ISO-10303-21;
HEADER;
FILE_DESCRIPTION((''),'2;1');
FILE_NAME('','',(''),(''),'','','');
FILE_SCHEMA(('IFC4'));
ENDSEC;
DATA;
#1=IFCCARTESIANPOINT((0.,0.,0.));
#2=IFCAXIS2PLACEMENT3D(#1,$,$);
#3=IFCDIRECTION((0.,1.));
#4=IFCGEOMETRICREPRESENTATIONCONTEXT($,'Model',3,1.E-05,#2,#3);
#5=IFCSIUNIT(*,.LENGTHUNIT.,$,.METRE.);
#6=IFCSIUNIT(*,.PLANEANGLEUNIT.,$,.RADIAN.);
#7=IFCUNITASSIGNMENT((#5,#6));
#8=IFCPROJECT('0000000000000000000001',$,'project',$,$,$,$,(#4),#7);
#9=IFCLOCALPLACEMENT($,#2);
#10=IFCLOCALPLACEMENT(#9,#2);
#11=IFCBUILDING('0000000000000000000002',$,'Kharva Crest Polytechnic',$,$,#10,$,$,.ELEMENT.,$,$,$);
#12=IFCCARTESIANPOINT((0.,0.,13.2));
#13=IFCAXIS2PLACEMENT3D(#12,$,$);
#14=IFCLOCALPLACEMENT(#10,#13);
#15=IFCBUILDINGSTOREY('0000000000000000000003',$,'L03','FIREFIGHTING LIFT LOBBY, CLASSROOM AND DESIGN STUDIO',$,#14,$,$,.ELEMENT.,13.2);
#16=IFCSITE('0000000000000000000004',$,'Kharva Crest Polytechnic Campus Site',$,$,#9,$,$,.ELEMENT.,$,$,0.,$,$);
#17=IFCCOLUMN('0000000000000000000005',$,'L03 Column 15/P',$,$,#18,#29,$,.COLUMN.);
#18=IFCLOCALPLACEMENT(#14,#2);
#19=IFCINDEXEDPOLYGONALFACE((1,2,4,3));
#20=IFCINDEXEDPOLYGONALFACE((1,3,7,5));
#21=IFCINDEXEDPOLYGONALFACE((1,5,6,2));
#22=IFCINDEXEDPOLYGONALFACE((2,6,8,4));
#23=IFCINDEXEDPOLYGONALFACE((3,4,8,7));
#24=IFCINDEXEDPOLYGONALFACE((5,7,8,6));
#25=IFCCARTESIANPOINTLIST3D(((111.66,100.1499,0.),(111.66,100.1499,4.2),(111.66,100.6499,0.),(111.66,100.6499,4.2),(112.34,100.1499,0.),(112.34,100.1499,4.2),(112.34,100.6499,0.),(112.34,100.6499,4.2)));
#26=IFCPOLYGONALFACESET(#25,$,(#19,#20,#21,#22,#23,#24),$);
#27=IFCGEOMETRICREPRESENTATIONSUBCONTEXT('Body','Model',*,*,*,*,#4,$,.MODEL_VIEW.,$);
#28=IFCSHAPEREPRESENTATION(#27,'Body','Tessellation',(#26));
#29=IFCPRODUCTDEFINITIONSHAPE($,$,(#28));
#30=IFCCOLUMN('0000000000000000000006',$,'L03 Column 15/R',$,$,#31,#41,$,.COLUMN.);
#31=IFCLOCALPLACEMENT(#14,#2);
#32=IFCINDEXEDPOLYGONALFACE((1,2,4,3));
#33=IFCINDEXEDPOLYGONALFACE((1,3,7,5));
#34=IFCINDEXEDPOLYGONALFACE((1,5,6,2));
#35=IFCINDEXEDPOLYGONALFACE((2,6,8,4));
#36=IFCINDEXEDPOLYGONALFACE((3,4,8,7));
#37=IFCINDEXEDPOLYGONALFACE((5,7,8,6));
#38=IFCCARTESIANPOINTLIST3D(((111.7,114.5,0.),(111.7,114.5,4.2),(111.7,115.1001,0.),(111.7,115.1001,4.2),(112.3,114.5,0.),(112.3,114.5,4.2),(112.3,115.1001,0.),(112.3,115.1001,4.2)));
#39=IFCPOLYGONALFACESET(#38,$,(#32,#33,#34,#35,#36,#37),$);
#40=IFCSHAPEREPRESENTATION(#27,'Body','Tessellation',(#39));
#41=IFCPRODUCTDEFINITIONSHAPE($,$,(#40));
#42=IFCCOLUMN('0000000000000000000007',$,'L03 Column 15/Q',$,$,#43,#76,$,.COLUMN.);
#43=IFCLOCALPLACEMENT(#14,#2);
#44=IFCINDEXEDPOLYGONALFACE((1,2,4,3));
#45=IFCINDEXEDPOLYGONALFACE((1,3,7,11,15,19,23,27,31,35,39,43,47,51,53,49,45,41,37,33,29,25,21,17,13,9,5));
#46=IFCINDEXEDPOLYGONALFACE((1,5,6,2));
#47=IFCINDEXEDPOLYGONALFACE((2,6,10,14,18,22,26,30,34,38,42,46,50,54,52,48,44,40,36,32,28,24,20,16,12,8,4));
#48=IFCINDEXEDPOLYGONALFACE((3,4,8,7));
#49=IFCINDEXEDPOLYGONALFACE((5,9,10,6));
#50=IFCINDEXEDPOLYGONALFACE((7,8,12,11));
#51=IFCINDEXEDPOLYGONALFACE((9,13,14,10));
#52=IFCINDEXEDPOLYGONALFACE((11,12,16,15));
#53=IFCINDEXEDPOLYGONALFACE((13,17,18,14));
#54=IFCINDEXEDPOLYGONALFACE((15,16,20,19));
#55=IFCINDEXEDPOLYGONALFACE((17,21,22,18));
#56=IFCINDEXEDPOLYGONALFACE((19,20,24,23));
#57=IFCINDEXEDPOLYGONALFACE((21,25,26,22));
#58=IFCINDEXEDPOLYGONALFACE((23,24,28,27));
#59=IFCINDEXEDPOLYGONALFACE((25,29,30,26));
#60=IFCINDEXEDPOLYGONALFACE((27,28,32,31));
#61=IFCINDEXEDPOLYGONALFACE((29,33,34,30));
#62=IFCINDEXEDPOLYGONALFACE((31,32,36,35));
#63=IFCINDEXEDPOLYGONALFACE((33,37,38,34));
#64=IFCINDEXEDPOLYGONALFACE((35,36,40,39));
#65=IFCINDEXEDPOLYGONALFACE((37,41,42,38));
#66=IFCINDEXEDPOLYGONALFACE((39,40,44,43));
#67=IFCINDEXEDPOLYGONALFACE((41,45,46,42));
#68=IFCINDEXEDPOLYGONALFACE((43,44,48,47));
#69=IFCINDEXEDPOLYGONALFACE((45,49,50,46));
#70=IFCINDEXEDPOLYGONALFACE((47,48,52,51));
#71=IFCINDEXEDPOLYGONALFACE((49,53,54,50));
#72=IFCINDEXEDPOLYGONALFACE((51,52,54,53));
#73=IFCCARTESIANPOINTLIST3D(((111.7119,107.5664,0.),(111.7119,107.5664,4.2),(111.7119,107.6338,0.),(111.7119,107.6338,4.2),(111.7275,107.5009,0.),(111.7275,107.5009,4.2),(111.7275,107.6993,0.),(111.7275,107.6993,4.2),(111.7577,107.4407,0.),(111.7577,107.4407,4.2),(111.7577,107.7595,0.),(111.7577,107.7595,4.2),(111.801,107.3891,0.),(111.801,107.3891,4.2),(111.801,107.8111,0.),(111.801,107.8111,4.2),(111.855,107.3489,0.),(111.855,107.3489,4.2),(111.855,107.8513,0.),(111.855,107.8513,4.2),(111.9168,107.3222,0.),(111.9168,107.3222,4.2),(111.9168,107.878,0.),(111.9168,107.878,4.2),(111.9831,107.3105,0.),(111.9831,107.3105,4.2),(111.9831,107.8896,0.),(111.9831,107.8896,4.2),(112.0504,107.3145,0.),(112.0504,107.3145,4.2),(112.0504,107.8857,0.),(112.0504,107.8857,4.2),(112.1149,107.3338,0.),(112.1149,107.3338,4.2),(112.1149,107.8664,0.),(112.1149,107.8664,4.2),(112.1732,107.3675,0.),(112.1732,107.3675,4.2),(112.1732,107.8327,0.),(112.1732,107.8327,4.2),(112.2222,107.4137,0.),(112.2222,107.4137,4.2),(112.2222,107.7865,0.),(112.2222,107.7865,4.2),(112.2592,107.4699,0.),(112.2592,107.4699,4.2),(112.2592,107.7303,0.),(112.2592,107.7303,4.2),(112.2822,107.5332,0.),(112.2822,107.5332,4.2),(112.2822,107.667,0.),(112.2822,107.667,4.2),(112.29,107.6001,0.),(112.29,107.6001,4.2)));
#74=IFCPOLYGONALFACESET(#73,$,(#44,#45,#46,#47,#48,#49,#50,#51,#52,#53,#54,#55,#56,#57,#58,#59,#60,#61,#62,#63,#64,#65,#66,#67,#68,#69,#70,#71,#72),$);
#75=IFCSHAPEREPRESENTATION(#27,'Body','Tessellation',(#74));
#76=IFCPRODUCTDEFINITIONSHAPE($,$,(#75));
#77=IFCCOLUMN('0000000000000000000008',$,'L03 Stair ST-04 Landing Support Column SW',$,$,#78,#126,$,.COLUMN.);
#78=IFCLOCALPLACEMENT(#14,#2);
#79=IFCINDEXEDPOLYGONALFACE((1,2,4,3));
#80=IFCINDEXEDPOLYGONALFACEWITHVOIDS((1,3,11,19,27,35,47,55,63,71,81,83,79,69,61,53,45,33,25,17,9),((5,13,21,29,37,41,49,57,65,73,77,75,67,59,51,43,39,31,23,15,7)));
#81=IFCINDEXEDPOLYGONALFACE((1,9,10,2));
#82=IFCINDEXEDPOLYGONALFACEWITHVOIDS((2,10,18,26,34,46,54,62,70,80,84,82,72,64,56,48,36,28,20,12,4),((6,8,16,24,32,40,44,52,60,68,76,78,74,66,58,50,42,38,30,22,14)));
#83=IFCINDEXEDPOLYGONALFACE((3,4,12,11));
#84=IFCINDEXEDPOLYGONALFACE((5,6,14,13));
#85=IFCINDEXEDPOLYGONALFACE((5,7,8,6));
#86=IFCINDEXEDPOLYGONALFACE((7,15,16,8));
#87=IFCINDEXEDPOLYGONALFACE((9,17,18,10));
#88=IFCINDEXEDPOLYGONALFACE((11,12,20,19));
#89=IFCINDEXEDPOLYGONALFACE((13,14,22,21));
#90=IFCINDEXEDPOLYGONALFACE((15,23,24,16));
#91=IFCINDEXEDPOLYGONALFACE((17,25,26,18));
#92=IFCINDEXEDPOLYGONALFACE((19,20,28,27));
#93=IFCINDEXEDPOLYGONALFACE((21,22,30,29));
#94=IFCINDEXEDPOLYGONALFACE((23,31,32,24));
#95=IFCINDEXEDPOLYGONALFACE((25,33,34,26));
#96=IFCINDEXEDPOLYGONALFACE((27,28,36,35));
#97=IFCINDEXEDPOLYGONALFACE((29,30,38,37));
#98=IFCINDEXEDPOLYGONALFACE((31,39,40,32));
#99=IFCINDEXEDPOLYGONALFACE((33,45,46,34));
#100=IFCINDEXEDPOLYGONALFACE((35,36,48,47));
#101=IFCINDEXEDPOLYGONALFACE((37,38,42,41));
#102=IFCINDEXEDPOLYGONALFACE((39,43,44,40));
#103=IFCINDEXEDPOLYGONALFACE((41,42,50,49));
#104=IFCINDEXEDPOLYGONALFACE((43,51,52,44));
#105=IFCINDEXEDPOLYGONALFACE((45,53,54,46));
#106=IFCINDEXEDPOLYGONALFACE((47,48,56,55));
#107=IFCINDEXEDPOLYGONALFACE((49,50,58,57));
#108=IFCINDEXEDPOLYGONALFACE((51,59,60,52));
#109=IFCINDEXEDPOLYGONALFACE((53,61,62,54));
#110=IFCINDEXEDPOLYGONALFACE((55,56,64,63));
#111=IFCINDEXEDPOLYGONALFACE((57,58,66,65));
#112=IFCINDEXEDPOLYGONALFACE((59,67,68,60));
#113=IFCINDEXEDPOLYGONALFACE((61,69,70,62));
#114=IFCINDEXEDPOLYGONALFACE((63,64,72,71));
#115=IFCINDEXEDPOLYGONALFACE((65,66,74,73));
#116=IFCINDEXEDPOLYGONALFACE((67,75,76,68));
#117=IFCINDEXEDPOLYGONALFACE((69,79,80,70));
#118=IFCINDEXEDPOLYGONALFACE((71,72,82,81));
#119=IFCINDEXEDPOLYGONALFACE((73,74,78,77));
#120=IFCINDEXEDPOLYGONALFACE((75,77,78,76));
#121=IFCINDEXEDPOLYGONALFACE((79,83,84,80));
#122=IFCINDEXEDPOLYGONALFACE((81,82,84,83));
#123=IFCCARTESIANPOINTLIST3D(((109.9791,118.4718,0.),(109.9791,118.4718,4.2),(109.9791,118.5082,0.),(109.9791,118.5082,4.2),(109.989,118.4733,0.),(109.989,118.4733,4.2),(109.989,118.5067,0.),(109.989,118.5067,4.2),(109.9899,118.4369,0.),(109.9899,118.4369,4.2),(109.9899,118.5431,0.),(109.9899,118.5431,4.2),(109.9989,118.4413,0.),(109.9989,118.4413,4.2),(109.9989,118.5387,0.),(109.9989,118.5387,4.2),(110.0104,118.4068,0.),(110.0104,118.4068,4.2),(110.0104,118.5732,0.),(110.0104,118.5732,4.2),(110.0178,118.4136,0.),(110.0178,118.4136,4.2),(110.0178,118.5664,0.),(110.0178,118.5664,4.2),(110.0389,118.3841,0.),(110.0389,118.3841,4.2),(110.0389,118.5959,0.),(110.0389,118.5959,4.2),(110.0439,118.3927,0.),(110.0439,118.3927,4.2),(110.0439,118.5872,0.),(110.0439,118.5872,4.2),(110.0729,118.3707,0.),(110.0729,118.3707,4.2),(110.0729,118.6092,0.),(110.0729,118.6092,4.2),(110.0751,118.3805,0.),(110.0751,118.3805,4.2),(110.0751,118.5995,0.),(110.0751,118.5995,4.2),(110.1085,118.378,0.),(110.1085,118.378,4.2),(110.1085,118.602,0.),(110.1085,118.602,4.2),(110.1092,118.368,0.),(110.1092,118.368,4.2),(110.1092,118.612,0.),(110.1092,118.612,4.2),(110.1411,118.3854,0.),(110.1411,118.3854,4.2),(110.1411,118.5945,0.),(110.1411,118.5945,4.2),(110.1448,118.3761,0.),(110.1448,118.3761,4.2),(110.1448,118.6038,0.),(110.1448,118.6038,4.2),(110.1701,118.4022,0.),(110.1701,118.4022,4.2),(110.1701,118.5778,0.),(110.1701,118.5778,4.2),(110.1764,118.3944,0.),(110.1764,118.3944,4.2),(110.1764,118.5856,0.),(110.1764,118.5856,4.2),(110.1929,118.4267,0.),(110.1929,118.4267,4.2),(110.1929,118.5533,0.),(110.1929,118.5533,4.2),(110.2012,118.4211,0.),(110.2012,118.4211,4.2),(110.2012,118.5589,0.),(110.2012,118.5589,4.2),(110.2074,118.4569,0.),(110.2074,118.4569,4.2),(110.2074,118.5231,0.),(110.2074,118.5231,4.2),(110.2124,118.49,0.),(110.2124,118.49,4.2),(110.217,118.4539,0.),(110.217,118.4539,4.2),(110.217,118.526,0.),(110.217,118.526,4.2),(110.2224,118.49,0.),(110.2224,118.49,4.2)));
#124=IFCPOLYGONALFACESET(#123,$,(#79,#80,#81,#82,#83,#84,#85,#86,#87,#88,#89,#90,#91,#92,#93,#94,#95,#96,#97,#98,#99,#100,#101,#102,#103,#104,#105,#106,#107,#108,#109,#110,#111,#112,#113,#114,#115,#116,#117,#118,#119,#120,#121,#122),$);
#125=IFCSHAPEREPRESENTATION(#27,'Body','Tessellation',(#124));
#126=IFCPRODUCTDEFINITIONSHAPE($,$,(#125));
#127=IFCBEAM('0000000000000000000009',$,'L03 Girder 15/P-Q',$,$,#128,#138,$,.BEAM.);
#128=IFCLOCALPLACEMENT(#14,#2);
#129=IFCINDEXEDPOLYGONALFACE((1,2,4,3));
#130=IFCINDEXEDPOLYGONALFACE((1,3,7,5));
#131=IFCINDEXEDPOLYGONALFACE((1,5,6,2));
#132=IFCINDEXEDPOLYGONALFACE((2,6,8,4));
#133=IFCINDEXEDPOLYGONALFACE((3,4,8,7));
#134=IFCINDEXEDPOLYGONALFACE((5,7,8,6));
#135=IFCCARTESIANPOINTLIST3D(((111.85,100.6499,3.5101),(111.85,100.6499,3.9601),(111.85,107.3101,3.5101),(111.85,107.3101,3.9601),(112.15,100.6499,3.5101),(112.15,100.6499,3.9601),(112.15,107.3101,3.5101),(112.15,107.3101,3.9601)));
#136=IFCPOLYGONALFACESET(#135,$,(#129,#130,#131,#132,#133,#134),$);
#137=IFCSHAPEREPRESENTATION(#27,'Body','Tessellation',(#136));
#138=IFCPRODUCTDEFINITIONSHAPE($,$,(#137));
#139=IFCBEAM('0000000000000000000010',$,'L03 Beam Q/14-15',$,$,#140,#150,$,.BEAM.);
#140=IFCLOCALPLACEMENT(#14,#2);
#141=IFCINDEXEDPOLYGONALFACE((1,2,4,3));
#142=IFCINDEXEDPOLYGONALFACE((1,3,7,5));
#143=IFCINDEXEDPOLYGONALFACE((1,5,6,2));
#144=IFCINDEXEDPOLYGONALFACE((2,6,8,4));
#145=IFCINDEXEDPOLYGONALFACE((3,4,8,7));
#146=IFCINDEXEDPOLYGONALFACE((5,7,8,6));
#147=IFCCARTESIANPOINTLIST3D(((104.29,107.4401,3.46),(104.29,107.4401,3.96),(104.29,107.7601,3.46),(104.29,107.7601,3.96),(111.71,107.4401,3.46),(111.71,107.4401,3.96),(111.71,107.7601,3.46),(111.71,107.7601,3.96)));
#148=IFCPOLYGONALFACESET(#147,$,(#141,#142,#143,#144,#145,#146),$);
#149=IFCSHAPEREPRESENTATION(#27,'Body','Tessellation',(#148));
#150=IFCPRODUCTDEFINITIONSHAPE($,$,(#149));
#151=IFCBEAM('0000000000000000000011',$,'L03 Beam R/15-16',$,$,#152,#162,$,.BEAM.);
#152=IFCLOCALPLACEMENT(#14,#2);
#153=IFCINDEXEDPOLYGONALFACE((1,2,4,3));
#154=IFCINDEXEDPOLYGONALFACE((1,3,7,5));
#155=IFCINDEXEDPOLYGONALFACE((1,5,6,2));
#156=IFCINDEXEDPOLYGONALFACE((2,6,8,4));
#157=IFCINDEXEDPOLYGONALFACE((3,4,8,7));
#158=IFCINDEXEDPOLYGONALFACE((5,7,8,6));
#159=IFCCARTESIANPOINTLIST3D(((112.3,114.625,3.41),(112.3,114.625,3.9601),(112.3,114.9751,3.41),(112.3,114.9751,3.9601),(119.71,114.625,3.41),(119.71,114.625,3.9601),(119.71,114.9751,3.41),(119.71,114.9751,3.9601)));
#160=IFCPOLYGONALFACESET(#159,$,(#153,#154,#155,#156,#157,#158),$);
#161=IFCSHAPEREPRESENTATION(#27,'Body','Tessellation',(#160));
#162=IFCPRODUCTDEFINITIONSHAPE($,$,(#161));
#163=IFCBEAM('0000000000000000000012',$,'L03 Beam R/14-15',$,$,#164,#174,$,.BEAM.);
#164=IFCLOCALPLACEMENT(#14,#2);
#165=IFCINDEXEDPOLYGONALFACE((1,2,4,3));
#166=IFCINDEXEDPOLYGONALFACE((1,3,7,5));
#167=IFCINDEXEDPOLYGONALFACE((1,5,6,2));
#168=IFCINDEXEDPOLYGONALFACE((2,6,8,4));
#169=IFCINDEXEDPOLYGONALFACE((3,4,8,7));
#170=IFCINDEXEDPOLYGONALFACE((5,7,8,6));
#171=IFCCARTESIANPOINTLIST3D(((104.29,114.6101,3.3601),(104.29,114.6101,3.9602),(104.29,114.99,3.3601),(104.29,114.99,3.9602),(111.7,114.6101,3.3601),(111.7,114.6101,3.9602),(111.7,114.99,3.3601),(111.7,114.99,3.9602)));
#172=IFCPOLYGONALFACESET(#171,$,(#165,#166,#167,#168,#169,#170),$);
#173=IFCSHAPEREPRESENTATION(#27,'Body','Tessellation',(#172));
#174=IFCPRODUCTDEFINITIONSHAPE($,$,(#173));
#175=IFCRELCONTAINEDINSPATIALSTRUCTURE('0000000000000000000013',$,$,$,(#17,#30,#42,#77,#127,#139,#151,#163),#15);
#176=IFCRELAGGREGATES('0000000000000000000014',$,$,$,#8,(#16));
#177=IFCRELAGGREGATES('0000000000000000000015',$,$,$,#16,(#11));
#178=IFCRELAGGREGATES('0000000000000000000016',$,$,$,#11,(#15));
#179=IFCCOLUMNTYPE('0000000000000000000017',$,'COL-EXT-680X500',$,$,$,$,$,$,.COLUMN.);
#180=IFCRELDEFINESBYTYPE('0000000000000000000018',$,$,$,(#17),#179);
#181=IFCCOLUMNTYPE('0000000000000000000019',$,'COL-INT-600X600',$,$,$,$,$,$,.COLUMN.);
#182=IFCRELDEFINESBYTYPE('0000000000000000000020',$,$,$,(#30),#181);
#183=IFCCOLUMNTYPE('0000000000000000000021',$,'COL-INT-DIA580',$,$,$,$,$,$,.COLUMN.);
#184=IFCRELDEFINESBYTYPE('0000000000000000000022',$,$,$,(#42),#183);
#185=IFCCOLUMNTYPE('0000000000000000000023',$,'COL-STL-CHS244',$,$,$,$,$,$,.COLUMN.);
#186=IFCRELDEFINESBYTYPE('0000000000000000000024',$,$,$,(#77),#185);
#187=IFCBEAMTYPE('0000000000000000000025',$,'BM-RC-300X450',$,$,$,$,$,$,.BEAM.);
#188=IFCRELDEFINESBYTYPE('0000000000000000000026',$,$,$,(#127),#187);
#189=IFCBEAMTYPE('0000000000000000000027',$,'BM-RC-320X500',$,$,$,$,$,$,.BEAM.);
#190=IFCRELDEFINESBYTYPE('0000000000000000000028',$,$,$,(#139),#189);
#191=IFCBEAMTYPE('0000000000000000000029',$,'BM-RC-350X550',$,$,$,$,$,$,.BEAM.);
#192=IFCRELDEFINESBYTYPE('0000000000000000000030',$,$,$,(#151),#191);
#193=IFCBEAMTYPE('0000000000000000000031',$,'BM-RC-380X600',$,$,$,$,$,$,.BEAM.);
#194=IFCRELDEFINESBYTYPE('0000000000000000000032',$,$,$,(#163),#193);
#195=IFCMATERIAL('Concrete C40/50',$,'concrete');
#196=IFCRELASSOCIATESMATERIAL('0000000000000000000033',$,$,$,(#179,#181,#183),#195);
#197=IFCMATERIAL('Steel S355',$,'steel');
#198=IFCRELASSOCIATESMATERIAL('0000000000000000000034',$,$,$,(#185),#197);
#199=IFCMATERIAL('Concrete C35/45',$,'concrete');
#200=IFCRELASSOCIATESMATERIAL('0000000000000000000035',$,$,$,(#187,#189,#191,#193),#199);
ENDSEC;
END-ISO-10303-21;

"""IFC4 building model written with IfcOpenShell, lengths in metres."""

from ifc_helpers import new_model, si_unit, direction, frame, origin, origin_2d, place, context, subcontext, project, spatial, rectangle, circle, hollow_circle, extrude, material, material_profile, profile_set, type_object, element, save


model = new_model("IFC4")

# Units and contexts
model_context = context("Model", 3, precision=1e-05, world=origin(), true_north=direction((0.0, 1.0)))
body_context = subcontext(model_context, "Body", "Model", "MODEL_VIEW")
ifc_project = project(units=[si_unit("LENGTHUNIT", "METRE"), si_unit("PLANEANGLEUNIT", "RADIAN")], contexts=[model_context])

# Site, building, storey
site_placement = place(None, origin())
site = spatial("IfcSite", under=ifc_project, at=site_placement, Name="Kharva Crest Polytechnic Campus Site", CompositionType="ELEMENT", RefElevation=0.0)
building_placement = place(site_placement, origin())
building = spatial("IfcBuilding", under=site, at=building_placement, Name="Kharva Crest Polytechnic", CompositionType="ELEMENT")
storey_placement = place(building_placement, frame((0.0, 0.0, 13.2)))
storey = spatial("IfcBuildingStorey", under=building, at=storey_placement, Name="L03", Description="FIREFIGHTING LIFT LOBBY, CLASSROOM AND DESIGN STUDIO", CompositionType="ELEMENT", Elevation=13.2)

# Columns
ifc_material_1 = material(Name="Concrete C40/50", Category="concrete")
ifc_material_profile_1 = material_profile(ifc_material_1, rectangle(XDim=0.6799, YDim=0.5, at=origin_2d()), Name="RECT 680 X 500")
ifc_profile_set_1 = profile_set([ifc_material_profile_1], Name="Concrete C40/50")
column_type_1 = type_object("IfcColumnType", Name="COL-EXT-680X500", PredefinedType="COLUMN", material=ifc_profile_set_1)
column_1_placement = place(storey_placement, frame((112.0, 100.3999, 0.0), z_axis=(0.0, 0.0, 1.0), x_axis=(1.0, 0.0, 0.0)))
element("IfcColumn", 1, at=column_1_placement, inside=storey, type_object=column_type_1, Name="L03 Column 15/P", PredefinedType="COLUMN", context=body_context, shape_type="SweptSolid", body=[
    extrude(rectangle(XDim=0.6799, YDim=0.5, at=origin_2d()), origin(), (0.0, 0.0, 1.0), 4.2),
])
ifc_material_profile_2 = material_profile(ifc_material_1, rectangle(XDim=0.6001, YDim=0.6001, at=origin_2d()), Name="RECT 600 X 600")
ifc_profile_set_2 = profile_set([ifc_material_profile_2], Name="Concrete C40/50")
column_type_2 = type_object("IfcColumnType", Name="COL-INT-600X600", PredefinedType="COLUMN", material=ifc_profile_set_2)
column_2_placement = place(storey_placement, frame((112.0, 114.8, 0.0), z_axis=(0.0, 0.0, 1.0), x_axis=(1.0, 0.0, 0.0)))
element("IfcColumn", 2, at=column_2_placement, inside=storey, type_object=column_type_2, Name="L03 Column 15/R", PredefinedType="COLUMN", context=body_context, shape_type="SweptSolid", body=[
    extrude(rectangle(XDim=0.6001, YDim=0.6001, at=origin_2d()), origin(), (0.0, 0.0, 1.0), 4.2),
])
ifc_material_profile_3 = material_profile(ifc_material_1, circle(Radius=0.29, at=origin_2d()), Name="DIA 580")
ifc_profile_set_3 = profile_set([ifc_material_profile_3], Name="Concrete C40/50")
column_type_3 = type_object("IfcColumnType", Name="COL-INT-DIA580", PredefinedType="COLUMN", material=ifc_profile_set_3)
column_3_placement = place(storey_placement, frame((112.0, 107.6001, 0.0), z_axis=(0.0, 0.0, 1.0), x_axis=(1.0, 0.0, 0.0)))
element("IfcColumn", 3, at=column_3_placement, inside=storey, type_object=column_type_3, Name="L03 Column 15/Q", PredefinedType="COLUMN", context=body_context, shape_type="SweptSolid", body=[
    extrude(circle(Radius=0.29, at=origin_2d()), origin(), (0.0, 0.0, 1.0), 4.2),
])
ifc_material_2 = material(Name="Steel S355", Category="steel")
ifc_material_profile_4 = material_profile(ifc_material_2, hollow_circle(Radius=0.1223, WallThickness=0.01, at=origin_2d()), Name="CHS 244.5X10.0")
ifc_profile_set_4 = profile_set([ifc_material_profile_4], Name="Steel S355")
column_type_4 = type_object("IfcColumnType", Name="COL-STL-CHS244", PredefinedType="COLUMN", material=ifc_profile_set_4)
column_4_placement = place(storey_placement, frame((110.1001, 118.49, 0.0), z_axis=(0.0, 0.0, 1.0), x_axis=(1.0, 0.0, 0.0)))
element("IfcColumn", 4, at=column_4_placement, inside=storey, type_object=column_type_4, Name="L03 Stair ST-04 Landing Support Column SW", PredefinedType="COLUMN", context=body_context, shape_type="SweptSolid", body=[
    extrude(hollow_circle(Radius=0.1223, WallThickness=0.01, at=origin_2d()), origin(), (0.0, 0.0, 1.0), 4.2),
])

# Beams
ifc_material_3 = material(Name="Concrete C35/45", Category="concrete")
ifc_material_profile_5 = material_profile(ifc_material_3, rectangle(XDim=0.3, YDim=0.45, at=origin_2d()), Name="RECT 300 X 450")
ifc_profile_set_5 = profile_set([ifc_material_profile_5], Name="Concrete C35/45")
beam_type_1 = type_object("IfcBeamType", Name="BM-RC-300X450", PredefinedType="BEAM", material=ifc_profile_set_5)
beam_1_placement = place(storey_placement, frame((112.0, 100.6499, 3.7351), z_axis=(0.0, 1.0, 0.0), x_axis=(-1.0, 0.0, 0.0)))
element("IfcBeam", 5, at=beam_1_placement, inside=storey, type_object=beam_type_1, Name="L03 Girder 15/P-Q", PredefinedType="BEAM", context=body_context, shape_type="SweptSolid", body=[
    extrude(rectangle(XDim=0.3, YDim=0.45, at=origin_2d()), origin(), (0.0, 0.0, 1.0), 6.6602),
])
ifc_material_profile_6 = material_profile(ifc_material_3, rectangle(XDim=0.3201, YDim=0.5, at=origin_2d()), Name="RECT 320 X 500")
ifc_profile_set_6 = profile_set([ifc_material_profile_6], Name="Concrete C35/45")
beam_type_2 = type_object("IfcBeamType", Name="BM-RC-320X500", PredefinedType="BEAM", material=ifc_profile_set_6)
beam_2_placement = place(storey_placement, frame((104.29, 107.6001, 3.71), z_axis=(1.0, 0.0, 0.0), x_axis=(0.0, 1.0, 0.0)))
element("IfcBeam", 6, at=beam_2_placement, inside=storey, type_object=beam_type_2, Name="L03 Beam Q/14-15", PredefinedType="BEAM", context=body_context, shape_type="SweptSolid", body=[
    extrude(rectangle(XDim=0.3201, YDim=0.5, at=origin_2d()), origin(), (0.0, 0.0, 1.0), 7.4199),
])
ifc_material_profile_7 = material_profile(ifc_material_3, rectangle(XDim=0.3501, YDim=0.55, at=origin_2d()), Name="RECT 350 X 550")
ifc_profile_set_7 = profile_set([ifc_material_profile_7], Name="Concrete C35/45")
beam_type_3 = type_object("IfcBeamType", Name="BM-RC-350X550", PredefinedType="BEAM", material=ifc_profile_set_7)
beam_3_placement = place(storey_placement, frame((112.3, 114.8, 3.6851), z_axis=(1.0, 0.0, 0.0), x_axis=(0.0, 1.0, 0.0)))
element("IfcBeam", 7, at=beam_3_placement, inside=storey, type_object=beam_type_3, Name="L03 Beam R/15-16", PredefinedType="BEAM", context=body_context, shape_type="SweptSolid", body=[
    extrude(rectangle(XDim=0.3501, YDim=0.55, at=origin_2d()), origin(), (0.0, 0.0, 1.0), 7.4099),
])
ifc_material_profile_8 = material_profile(ifc_material_3, rectangle(XDim=0.3799, YDim=0.6001, at=origin_2d()), Name="RECT 380 X 600")
ifc_profile_set_8 = profile_set([ifc_material_profile_8], Name="Concrete C35/45")
beam_type_4 = type_object("IfcBeamType", Name="BM-RC-380X600", PredefinedType="BEAM", material=ifc_profile_set_8)
beam_4_placement = place(storey_placement, frame((104.29, 114.8, 3.6602), z_axis=(1.0, 0.0, 0.0), x_axis=(0.0, 1.0, 0.0)))
element("IfcBeam", 8, at=beam_4_placement, inside=storey, type_object=beam_type_4, Name="L03 Beam R/14-15", PredefinedType="BEAM", context=body_context, shape_type="SweptSolid", body=[
    extrude(rectangle(XDim=0.3799, YDim=0.6001, at=origin_2d()), origin(), (0.0, 0.0, 1.0), 7.4099),
])

save(model, "model.ifc")
